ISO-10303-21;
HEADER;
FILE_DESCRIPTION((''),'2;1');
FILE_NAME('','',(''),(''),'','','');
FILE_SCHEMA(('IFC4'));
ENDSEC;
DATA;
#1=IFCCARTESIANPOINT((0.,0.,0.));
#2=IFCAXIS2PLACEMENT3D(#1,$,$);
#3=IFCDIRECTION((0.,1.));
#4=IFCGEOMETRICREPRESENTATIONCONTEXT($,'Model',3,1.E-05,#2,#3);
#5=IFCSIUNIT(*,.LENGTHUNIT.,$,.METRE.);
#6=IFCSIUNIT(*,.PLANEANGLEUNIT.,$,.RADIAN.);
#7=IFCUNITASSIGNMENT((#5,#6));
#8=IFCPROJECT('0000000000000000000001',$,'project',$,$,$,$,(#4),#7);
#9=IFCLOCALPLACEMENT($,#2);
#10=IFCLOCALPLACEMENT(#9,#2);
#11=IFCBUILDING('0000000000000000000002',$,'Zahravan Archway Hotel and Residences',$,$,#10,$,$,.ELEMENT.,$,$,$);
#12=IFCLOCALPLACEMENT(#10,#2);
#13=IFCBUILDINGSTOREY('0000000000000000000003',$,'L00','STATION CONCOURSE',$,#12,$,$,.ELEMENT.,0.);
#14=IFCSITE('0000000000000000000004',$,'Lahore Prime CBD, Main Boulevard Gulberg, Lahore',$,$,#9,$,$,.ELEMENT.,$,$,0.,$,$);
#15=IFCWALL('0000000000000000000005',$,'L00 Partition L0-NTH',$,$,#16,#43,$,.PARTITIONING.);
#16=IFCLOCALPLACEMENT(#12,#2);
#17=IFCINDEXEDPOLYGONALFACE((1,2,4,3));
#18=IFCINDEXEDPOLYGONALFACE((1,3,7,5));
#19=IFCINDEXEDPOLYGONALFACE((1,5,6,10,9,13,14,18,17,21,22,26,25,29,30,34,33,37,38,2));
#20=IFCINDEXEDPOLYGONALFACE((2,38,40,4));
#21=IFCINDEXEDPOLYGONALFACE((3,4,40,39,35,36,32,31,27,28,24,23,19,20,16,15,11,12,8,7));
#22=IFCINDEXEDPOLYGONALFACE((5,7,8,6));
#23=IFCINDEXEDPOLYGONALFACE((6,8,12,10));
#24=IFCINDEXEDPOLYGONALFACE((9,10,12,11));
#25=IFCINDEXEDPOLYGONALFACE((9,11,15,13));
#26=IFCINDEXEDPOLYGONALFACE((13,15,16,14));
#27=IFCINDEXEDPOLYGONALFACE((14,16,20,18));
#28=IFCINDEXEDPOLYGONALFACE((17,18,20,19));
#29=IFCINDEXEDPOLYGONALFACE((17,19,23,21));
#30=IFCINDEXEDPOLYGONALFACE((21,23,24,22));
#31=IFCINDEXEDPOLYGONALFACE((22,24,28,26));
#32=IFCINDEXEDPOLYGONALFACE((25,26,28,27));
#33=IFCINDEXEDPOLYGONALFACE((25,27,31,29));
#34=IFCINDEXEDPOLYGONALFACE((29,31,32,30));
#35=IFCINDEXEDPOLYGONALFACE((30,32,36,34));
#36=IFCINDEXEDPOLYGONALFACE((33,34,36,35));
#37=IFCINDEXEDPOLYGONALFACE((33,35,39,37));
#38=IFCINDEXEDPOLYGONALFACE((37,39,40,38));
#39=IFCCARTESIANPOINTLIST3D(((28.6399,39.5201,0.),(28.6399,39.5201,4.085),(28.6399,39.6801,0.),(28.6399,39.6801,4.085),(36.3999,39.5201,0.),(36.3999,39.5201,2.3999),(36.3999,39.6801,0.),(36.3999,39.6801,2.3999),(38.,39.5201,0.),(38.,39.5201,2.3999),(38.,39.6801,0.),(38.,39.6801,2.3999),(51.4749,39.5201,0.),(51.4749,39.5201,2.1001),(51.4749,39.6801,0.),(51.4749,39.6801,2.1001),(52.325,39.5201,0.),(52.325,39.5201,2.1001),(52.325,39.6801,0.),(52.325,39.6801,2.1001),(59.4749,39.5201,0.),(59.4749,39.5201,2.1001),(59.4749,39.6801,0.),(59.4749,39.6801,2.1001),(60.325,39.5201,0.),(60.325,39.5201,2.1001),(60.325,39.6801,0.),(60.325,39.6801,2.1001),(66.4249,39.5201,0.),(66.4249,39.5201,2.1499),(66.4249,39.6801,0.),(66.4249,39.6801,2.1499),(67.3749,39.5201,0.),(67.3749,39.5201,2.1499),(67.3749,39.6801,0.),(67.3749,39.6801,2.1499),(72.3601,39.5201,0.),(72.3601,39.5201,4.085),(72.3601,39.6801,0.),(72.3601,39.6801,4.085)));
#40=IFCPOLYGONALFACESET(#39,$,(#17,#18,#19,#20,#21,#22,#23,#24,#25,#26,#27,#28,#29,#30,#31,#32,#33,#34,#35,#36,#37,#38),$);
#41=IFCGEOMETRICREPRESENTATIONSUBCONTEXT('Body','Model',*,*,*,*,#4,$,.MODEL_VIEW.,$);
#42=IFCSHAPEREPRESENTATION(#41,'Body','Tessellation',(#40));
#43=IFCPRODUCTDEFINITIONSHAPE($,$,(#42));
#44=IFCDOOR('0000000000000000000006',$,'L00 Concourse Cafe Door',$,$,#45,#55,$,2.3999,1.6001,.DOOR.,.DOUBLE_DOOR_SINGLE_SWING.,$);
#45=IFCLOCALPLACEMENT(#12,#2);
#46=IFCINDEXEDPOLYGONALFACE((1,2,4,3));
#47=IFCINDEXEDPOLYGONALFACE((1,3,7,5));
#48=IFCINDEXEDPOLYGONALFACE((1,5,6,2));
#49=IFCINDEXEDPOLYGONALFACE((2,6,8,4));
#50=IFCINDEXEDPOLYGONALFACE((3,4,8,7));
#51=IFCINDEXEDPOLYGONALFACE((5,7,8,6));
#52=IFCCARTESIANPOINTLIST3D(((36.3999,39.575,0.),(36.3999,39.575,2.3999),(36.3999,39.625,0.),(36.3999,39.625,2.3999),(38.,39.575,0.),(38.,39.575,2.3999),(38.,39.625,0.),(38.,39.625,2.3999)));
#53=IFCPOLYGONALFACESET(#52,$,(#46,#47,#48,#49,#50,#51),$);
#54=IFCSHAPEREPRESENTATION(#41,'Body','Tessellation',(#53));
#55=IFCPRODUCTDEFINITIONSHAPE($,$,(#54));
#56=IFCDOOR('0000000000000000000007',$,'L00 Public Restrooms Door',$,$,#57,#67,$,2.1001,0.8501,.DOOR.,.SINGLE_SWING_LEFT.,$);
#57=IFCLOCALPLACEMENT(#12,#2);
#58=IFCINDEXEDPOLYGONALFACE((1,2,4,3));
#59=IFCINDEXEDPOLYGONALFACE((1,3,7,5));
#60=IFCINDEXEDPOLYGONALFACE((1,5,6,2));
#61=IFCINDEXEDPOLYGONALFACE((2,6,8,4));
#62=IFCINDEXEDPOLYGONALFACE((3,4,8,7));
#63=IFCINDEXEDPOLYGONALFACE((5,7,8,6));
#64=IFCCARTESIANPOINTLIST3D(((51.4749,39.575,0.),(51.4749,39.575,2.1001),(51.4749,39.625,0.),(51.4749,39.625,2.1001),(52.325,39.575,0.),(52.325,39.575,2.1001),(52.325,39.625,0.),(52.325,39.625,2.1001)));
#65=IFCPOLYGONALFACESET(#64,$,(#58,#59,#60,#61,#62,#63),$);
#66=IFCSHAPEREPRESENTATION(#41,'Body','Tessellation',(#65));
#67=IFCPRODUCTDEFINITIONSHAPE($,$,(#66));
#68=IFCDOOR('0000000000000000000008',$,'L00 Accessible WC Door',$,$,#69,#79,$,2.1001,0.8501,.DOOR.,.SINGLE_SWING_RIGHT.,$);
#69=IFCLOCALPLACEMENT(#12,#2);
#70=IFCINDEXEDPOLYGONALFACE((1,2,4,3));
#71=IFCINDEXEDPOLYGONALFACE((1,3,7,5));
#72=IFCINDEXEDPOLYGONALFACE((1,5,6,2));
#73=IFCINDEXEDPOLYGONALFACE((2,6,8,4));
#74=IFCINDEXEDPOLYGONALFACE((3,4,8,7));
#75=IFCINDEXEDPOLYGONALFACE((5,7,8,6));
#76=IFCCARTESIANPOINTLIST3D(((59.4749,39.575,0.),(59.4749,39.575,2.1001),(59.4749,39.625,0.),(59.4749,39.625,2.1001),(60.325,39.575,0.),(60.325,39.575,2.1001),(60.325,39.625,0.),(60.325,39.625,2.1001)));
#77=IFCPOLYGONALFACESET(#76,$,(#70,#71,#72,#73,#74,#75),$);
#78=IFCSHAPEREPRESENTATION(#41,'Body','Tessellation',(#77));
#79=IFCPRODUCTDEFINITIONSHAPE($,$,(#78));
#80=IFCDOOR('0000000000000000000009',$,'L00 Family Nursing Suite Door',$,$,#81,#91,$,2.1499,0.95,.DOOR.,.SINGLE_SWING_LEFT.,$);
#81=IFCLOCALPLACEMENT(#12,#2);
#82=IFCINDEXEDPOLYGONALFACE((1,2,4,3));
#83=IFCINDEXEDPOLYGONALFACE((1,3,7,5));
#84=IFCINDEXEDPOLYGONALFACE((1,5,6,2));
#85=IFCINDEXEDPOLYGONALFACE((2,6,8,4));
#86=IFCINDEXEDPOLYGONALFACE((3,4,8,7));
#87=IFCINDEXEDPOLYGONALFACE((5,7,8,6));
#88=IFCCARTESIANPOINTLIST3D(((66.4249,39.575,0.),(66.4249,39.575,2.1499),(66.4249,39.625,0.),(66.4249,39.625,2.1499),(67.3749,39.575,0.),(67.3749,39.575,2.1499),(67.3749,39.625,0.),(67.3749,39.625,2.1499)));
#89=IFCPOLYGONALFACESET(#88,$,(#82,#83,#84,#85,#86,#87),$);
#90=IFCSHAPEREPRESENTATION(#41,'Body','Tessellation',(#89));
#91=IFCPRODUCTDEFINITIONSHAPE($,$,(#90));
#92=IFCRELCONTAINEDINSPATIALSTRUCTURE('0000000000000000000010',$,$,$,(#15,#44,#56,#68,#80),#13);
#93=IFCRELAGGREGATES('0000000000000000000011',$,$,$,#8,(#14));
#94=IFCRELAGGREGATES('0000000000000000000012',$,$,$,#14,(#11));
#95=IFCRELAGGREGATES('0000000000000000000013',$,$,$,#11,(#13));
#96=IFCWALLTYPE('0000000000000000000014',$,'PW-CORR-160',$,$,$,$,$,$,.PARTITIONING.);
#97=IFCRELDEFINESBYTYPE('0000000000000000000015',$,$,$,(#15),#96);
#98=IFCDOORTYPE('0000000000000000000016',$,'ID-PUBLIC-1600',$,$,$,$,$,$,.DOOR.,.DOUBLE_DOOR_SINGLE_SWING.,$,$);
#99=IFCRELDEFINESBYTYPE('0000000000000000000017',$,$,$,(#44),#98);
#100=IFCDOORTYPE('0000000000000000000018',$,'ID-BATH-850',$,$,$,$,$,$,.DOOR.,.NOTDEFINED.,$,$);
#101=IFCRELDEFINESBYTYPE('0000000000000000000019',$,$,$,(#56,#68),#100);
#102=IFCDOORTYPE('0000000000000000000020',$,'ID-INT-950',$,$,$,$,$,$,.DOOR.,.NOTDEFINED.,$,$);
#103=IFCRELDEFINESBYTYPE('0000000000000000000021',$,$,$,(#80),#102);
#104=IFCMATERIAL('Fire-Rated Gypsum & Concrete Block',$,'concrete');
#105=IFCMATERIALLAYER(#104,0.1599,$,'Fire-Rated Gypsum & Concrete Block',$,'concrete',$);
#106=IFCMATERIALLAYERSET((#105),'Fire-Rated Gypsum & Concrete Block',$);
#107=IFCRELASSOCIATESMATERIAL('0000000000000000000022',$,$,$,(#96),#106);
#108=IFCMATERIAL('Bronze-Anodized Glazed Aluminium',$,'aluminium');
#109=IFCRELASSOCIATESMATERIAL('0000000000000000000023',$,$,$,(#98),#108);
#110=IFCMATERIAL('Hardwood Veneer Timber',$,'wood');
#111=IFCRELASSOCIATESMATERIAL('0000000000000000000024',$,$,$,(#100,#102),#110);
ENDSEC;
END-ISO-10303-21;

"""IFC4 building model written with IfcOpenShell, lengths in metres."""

from ifc_helpers import new_model, si_unit, direction, frame, frame_2d, origin, place, context, subcontext, project, spatial, rectangle, extrude, source, transform, mapped, material, layer, layer_set, type_object, type_shapes, element, fill, save


model = new_model("IFC4")

# Units and contexts
model_context = context("Model", 3, precision=1e-05, world=origin(), true_north=direction((0.0, 1.0)))
body_context = subcontext(model_context, "Body", "Model", "MODEL_VIEW")
ifc_project = project(units=[si_unit("LENGTHUNIT", "METRE"), si_unit("PLANEANGLEUNIT", "RADIAN")], contexts=[model_context])

# Site, building, storey
site_placement = place(None, origin())
site = spatial("IfcSite", under=ifc_project, at=site_placement, Name="Lahore Prime CBD, Main Boulevard Gulberg, Lahore", CompositionType="ELEMENT", RefElevation=0.0)
building_placement = place(site_placement, origin())
building = spatial("IfcBuilding", under=site, at=building_placement, Name="Zahravan Archway Hotel and Residences", CompositionType="ELEMENT")
storey_placement = place(building_placement, origin())
storey = spatial("IfcBuildingStorey", under=building, at=storey_placement, Name="L00", Description="STATION CONCOURSE", CompositionType="ELEMENT", Elevation=0.0)

# Wall, openings, doors
ifc_material_1 = material(Name="Fire-Rated Gypsum & Concrete Block", Category="concrete")
ifc_layer_1 = layer(ifc_material_1, 0.1599, Name="Fire-Rated Gypsum & Concrete Block", Category="concrete")
ifc_layer_set_1 = layer_set([ifc_layer_1], Name="Fire-Rated Gypsum & Concrete Block")
wall_type = type_object("IfcWallType", Name="PW-CORR-160", PredefinedType="PARTITIONING", material=ifc_layer_set_1)
wall_placement = place(storey_placement, frame((28.6399, 39.6001, 0.0), z_axis=(0.0, 0.0, 1.0), x_axis=(1.0, 0.0, 0.0)))
wall = element("IfcWall", 1, at=wall_placement, inside=storey, type_object=wall_type, Name="L00 Partition L0-NTH", PredefinedType="PARTITIONING", context=body_context, shape_type="SweptSolid", body=[
    extrude(rectangle(XDim=43.7202, YDim=0.1599, at=frame_2d((21.8601, 0.0))), origin(), (0.0, 0.0, 1.0), 4.085),
])
opening_1_placement = place(wall_placement, frame((7.76, 0.0, 0.0)))
opening_1 = element("IfcOpeningElement", 2, at=opening_1_placement, cuts=wall, PredefinedType="OPENING", context=body_context, shape_type="SweptSolid", body=[
    extrude(rectangle(XDim=1.6001, YDim=2.3999, at=frame_2d((0.8, 1.2))), frame((0.0, 0.0898, 0.0), z_axis=(0.0, -1.0, 0.0), x_axis=(1.0, 0.0, 0.0)), (0.0, 0.0, 1.0), 0.1799),
])
opening_2_placement = place(wall_placement, frame((22.835, 0.0, 0.0)))
opening_2 = element("IfcOpeningElement", 3, at=opening_2_placement, cuts=wall, PredefinedType="OPENING", context=body_context, shape_type="SweptSolid", body=[
    extrude(rectangle(XDim=0.8501, YDim=2.1001, at=frame_2d((0.425, 1.05))), frame((0.0, 0.0898, 0.0), z_axis=(0.0, -1.0, 0.0), x_axis=(1.0, 0.0, 0.0)), (0.0, 0.0, 1.0), 0.1799),
])
opening_3_placement = place(wall_placement, frame((30.835, 0.0, 0.0)))
opening_3 = element("IfcOpeningElement", 4, at=opening_3_placement, cuts=wall, PredefinedType="OPENING", context=body_context, shape_type="SweptSolid", body=[
    extrude(rectangle(XDim=0.8501, YDim=2.1001, at=frame_2d((0.425, 1.05))), frame((0.0, 0.0898, 0.0), z_axis=(0.0, -1.0, 0.0), x_axis=(1.0, 0.0, 0.0)), (0.0, 0.0, 1.0), 0.1799),
])
opening_4_placement = place(wall_placement, frame((37.7849, 0.0, 0.0)))
opening_4 = element("IfcOpeningElement", 5, at=opening_4_placement, cuts=wall, PredefinedType="OPENING", context=body_context, shape_type="SweptSolid", body=[
    extrude(rectangle(XDim=0.95, YDim=2.1499, at=frame_2d((0.4751, 1.075))), frame((0.0, 0.0898, 0.0), z_axis=(0.0, -1.0, 0.0), x_axis=(1.0, 0.0, 0.0)), (0.0, 0.0, 1.0), 0.1799),
])
ifc_material_2 = material(Name="Bronze-Anodized Glazed Aluminium", Category="aluminium")
door_type_1 = type_object("IfcDoorType", Name="ID-PUBLIC-1600", OperationType="DOUBLE_DOOR_SINGLE_SWING", PredefinedType="DOOR", material=ifc_material_2)
shared_shape_1 = source(origin(), body_context, "Body", "SweptSolid", [
    extrude(rectangle(XDim=1.6001, YDim=2.3999, at=frame_2d((0.8, 1.2))), frame((0.0, 0.0249, 0.0), z_axis=(0.0, -1.0, 0.0), x_axis=(1.0, 0.0, 0.0)), (0.0, 0.0, 1.0), 0.05),
])
type_shapes(door_type_1, [shared_shape_1])
door_1_placement = place(opening_1_placement, origin())
door_1 = element("IfcDoor", 6, at=door_1_placement, inside=storey, type_object=door_type_1, Name="L00 Concourse Cafe Door", OperationType="DOUBLE_DOOR_SINGLE_SWING", OverallHeight=2.3999, OverallWidth=1.6001, PredefinedType="DOOR", context=body_context, shape_type="MappedRepresentation", body=[
    mapped(shared_shape_1, transform((0.0, 0.0, 0.0), scale=1.0)),
])
fill(opening_1, door_1)
ifc_material_3 = material(Name="Hardwood Veneer Timber", Category="wood")
door_type_2 = type_object("IfcDoorType", Name="ID-BATH-850", OperationType="NOTDEFINED", PredefinedType="DOOR", material=ifc_material_3)
shared_shape_2 = source(origin(), body_context, "Body", "SweptSolid", [
    extrude(rectangle(XDim=0.8501, YDim=2.1001, at=frame_2d((0.425, 1.05))), frame((0.0, 0.0249, 0.0), z_axis=(0.0, -1.0, 0.0), x_axis=(1.0, 0.0, 0.0)), (0.0, 0.0, 1.0), 0.05),
])
type_shapes(door_type_2, [shared_shape_2])
door_2_placement = place(opening_2_placement, origin())
door_2 = element("IfcDoor", 7, at=door_2_placement, inside=storey, type_object=door_type_2, Name="L00 Public Restrooms Door", OperationType="SINGLE_SWING_LEFT", OverallHeight=2.1001, OverallWidth=0.8501, PredefinedType="DOOR", context=body_context, shape_type="MappedRepresentation", body=[
    mapped(shared_shape_2, transform((0.0, 0.0, 0.0), scale=1.0)),
])
fill(opening_2, door_2)
door_3_placement = place(opening_3_placement, origin())
door_3 = element("IfcDoor", 8, at=door_3_placement, inside=storey, type_object=door_type_2, Name="L00 Accessible WC Door", OperationType="SINGLE_SWING_RIGHT", OverallHeight=2.1001, OverallWidth=0.8501, PredefinedType="DOOR", context=body_context, shape_type="MappedRepresentation", body=[
    mapped(shared_shape_2, transform((0.0, 0.0, 0.0), scale=1.0)),
])
fill(opening_3, door_3)
door_type_3 = type_object("IfcDoorType", Name="ID-INT-950", OperationType="NOTDEFINED", PredefinedType="DOOR", material=ifc_material_3)
shared_shape_3 = source(origin(), body_context, "Body", "SweptSolid", [
    extrude(rectangle(XDim=0.95, YDim=2.1499, at=frame_2d((0.4751, 1.075))), frame((0.0, 0.0249, 0.0), z_axis=(0.0, -1.0, 0.0), x_axis=(1.0, 0.0, 0.0)), (0.0, 0.0, 1.0), 0.05),
])
type_shapes(door_type_3, [shared_shape_3])
door_4_placement = place(opening_4_placement, origin())
door_4 = element("IfcDoor", 9, at=door_4_placement, inside=storey, type_object=door_type_3, Name="L00 Family Nursing Suite Door", OperationType="SINGLE_SWING_LEFT", OverallHeight=2.1499, OverallWidth=0.95, PredefinedType="DOOR", context=body_context, shape_type="MappedRepresentation", body=[
    mapped(shared_shape_3, transform((0.0, 0.0, 0.0), scale=1.0)),
])
fill(opening_4, door_4)

save(model, "model.ifc")
